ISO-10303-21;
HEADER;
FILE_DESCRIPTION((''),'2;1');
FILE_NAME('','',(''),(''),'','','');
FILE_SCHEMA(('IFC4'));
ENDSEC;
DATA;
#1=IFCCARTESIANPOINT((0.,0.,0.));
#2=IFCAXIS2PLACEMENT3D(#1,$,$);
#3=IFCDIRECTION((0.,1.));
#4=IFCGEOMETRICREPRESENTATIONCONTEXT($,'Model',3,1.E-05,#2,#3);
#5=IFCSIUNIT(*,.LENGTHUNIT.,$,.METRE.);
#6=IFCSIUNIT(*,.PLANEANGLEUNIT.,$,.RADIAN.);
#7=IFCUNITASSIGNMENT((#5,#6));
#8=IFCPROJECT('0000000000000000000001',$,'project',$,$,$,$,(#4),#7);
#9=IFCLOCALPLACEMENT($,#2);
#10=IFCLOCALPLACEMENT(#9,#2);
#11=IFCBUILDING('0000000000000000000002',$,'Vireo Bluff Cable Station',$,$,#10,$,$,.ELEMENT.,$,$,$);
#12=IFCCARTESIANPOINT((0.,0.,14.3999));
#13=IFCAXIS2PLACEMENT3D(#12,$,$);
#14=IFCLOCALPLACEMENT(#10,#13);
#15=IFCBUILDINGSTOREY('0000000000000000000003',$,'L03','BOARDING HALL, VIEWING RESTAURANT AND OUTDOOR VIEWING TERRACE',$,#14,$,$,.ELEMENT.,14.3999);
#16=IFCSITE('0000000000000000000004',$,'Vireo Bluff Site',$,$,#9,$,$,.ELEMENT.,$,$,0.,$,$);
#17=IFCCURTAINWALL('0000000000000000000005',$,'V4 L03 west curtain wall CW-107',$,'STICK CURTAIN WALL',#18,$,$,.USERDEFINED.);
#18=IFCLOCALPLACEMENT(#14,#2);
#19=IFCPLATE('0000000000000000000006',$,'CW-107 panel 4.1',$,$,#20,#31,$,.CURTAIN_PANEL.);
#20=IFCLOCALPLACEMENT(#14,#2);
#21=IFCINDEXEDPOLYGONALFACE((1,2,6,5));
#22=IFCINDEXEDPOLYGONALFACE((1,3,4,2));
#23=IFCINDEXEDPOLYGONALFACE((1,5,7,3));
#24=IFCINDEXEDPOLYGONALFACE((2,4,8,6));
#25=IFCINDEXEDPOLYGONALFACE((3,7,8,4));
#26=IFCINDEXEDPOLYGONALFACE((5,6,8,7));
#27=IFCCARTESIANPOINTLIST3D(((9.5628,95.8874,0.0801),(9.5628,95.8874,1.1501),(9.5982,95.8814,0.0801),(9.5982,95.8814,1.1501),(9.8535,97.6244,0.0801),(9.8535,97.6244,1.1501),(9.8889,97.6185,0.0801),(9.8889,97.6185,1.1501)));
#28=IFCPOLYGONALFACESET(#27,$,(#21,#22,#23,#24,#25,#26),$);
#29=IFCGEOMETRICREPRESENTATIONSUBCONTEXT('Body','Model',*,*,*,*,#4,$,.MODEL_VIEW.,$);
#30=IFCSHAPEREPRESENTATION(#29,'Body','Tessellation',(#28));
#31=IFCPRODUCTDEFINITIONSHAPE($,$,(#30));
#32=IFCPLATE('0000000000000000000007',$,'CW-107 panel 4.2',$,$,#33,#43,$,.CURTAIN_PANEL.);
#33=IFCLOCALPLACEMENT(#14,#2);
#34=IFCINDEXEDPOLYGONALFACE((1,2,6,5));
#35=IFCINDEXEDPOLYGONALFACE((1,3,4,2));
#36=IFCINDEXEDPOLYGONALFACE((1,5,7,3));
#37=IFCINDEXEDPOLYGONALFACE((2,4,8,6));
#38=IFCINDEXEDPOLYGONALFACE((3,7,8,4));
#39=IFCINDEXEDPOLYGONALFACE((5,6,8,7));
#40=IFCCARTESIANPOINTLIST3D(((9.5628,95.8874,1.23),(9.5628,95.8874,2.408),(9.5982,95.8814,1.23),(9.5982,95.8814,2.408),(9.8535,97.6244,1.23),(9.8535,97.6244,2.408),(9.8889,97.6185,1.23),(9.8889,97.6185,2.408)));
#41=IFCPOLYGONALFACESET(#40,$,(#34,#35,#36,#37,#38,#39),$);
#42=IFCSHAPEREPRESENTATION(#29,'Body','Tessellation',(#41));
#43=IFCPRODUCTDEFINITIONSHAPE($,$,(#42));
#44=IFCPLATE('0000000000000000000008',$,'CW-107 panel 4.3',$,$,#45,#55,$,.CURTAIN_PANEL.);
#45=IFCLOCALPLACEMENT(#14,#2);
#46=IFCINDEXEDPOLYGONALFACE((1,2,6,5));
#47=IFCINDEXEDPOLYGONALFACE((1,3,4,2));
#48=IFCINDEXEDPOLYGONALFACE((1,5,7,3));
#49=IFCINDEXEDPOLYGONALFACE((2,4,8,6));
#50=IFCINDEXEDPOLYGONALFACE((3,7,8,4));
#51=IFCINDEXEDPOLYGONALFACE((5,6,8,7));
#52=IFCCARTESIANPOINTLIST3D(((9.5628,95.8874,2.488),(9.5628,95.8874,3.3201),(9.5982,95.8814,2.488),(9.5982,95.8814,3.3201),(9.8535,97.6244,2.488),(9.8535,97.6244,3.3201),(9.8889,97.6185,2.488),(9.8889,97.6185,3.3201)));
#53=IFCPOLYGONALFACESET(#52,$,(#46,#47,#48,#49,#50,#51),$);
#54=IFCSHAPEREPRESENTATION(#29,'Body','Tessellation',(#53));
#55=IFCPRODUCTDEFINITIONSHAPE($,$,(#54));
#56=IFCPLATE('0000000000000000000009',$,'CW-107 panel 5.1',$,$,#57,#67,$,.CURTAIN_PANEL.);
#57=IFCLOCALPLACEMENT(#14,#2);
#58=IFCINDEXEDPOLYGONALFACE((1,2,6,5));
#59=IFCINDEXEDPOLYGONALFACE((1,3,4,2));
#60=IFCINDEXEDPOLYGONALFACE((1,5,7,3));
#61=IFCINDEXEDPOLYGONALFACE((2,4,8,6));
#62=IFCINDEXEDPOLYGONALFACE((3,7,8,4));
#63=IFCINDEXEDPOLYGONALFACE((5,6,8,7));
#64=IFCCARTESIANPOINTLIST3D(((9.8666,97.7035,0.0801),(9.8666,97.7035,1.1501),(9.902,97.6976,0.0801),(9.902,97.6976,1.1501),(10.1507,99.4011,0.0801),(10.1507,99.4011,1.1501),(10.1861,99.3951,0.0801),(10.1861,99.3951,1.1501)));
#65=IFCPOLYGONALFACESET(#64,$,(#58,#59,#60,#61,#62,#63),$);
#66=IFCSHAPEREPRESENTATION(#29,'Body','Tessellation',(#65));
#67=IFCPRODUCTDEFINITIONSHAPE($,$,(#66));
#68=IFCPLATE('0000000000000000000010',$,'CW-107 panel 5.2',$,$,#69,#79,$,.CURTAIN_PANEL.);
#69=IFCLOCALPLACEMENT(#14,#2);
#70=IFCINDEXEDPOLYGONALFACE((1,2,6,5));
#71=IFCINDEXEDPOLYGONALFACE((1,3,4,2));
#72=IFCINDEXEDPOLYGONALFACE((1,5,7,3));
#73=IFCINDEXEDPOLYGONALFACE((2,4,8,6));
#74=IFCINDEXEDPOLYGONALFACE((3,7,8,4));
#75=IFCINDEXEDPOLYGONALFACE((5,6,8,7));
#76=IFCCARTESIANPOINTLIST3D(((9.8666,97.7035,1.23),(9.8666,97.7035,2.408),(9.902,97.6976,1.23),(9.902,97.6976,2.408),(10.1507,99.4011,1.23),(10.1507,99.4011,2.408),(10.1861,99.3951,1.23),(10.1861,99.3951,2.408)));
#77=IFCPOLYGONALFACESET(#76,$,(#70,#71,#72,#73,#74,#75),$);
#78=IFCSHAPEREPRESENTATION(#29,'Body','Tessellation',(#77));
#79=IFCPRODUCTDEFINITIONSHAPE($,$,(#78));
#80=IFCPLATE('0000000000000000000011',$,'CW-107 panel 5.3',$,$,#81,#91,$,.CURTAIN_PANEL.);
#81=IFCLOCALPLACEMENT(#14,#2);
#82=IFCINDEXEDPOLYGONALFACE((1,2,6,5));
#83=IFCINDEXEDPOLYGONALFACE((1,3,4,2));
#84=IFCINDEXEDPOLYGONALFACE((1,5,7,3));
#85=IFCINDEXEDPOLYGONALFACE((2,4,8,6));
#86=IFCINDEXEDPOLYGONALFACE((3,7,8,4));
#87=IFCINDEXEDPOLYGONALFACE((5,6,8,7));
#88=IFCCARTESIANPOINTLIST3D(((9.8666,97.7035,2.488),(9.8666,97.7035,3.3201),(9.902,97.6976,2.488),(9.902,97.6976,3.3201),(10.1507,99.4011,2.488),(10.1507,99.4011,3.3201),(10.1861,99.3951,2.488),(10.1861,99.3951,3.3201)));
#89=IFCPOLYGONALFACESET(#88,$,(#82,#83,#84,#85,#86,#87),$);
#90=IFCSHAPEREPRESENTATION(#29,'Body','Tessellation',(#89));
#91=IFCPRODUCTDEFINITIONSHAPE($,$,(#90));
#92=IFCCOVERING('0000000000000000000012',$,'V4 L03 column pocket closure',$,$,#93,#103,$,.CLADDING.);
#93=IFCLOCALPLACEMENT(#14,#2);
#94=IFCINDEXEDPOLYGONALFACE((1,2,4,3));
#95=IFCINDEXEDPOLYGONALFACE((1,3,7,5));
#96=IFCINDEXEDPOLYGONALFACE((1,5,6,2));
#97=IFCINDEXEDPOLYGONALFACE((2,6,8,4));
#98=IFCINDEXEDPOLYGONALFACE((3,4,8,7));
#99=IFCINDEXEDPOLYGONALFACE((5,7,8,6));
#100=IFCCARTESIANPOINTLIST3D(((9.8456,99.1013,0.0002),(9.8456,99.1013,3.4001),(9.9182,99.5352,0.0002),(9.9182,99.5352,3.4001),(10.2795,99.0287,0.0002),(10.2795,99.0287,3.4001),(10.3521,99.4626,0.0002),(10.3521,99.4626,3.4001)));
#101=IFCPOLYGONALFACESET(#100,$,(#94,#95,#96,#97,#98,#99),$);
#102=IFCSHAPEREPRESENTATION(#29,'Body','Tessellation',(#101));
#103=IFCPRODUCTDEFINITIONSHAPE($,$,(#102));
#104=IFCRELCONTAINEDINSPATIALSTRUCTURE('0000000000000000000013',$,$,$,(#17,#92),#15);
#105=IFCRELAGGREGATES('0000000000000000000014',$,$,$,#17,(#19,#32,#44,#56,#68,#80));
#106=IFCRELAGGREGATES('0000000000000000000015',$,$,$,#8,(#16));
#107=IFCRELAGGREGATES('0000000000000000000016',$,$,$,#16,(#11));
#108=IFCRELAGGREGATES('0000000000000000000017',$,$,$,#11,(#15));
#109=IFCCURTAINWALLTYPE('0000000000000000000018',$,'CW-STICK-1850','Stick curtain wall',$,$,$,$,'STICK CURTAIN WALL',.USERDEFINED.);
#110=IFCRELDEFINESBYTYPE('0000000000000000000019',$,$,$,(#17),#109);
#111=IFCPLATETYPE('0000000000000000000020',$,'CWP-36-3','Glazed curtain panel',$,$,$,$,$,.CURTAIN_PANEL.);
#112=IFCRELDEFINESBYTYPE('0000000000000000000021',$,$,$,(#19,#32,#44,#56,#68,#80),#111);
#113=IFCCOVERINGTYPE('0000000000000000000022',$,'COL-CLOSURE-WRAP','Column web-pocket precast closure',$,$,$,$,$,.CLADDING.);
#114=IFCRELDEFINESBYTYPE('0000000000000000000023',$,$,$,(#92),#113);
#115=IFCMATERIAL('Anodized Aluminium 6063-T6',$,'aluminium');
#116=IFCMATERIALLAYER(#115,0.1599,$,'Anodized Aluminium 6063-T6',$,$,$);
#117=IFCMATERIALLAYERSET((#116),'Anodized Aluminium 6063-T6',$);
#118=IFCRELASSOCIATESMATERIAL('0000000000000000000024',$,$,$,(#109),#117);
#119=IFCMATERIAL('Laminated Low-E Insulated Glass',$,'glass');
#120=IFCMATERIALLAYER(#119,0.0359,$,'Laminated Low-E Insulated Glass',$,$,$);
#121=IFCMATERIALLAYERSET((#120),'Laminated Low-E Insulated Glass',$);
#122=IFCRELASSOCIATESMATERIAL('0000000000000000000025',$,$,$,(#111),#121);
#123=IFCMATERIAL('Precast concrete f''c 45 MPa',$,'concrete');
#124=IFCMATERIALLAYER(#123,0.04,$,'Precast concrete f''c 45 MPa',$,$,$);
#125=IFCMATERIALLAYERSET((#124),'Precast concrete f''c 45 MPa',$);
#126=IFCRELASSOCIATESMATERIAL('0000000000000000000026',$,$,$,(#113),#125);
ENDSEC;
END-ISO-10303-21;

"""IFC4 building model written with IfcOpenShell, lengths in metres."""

from ifc_helpers import new_model, si_unit, direction, frame, origin, origin_2d, place, context, subcontext, project, spatial, rectangle, extrude, material, layer, layer_set, type_object, element, aggregate, save


model = new_model("IFC4")

# Units and contexts
model_context = context("Model", 3, precision=1e-05, world=origin(), true_north=direction((0.0, 1.0)))
body_context = subcontext(model_context, "Body", "Model", "MODEL_VIEW")
ifc_project = project(units=[si_unit("LENGTHUNIT", "METRE"), si_unit("PLANEANGLEUNIT", "RADIAN")], contexts=[model_context])

# Site, building, storey
site_placement = place(None, origin())
site = spatial("IfcSite", under=ifc_project, at=site_placement, Name="Vireo Bluff Site", CompositionType="ELEMENT", RefElevation=0.0)
building_placement = place(site_placement, origin())
building = spatial("IfcBuilding", under=site, at=building_placement, Name="Vireo Bluff Cable Station", CompositionType="ELEMENT")
storey_placement = place(building_placement, frame((0.0, 0.0, 14.3999)))
storey = spatial("IfcBuildingStorey", under=building, at=storey_placement, Name="L03", Description="BOARDING HALL, VIEWING RESTAURANT AND OUTDOOR VIEWING TERRACE", CompositionType="ELEMENT", Elevation=14.3999)

# Curtain wall
ifc_material_1 = material(Name="Anodized Aluminium 6063-T6", Category="aluminium")
ifc_layer_1 = layer(ifc_material_1, 0.1599, Name="Anodized Aluminium 6063-T6")
ifc_layer_set_1 = layer_set([ifc_layer_1], Name="Anodized Aluminium 6063-T6")
curtain_wall_type = type_object("IfcCurtainWallType", Name="CW-STICK-1850", Description="Stick curtain wall", ElementType="STICK CURTAIN WALL", PredefinedType="USERDEFINED", material=ifc_layer_set_1)
curtain_wall_placement = place(storey_placement, origin())
curtain_wall = element("IfcCurtainWall", 1, at=curtain_wall_placement, inside=storey, type_object=curtain_wall_type, Name="V4 L03 west curtain wall CW-107", ObjectType="STICK CURTAIN WALL", PredefinedType="USERDEFINED")

# Plates
ifc_material_2 = material(Name="Laminated Low-E Insulated Glass", Category="glass")
ifc_layer_2 = layer(ifc_material_2, 0.0359, Name="Laminated Low-E Insulated Glass")
ifc_layer_set_2 = layer_set([ifc_layer_2], Name="Laminated Low-E Insulated Glass")
plate_type = type_object("IfcPlateType", Name="CWP-36-3", Description="Glazed curtain panel", PredefinedType="CURTAIN_PANEL", material=ifc_layer_set_2)
plate_1_placement = place(storey_placement, frame((9.7258, 96.7529, 0.0801), z_axis=(0.0, 0.0, 1.0), x_axis=(0.165048, 0.986286, 0.0)))
plate_1 = element("IfcPlate", 2, at=plate_1_placement, type_object=plate_type, Name="CW-107 panel 4.1", PredefinedType="CURTAIN_PANEL", context=body_context, shape_type="SweptSolid", body=[
    extrude(rectangle(XDim=1.7612, YDim=0.0359, at=origin_2d()), origin(), (0.0, 0.0, 1.0), 1.0701),
])
plate_2_placement = place(storey_placement, frame((9.7258, 96.7529, 1.23), z_axis=(0.0, 0.0, 1.0), x_axis=(0.165048, 0.986286, 0.0)))
plate_2 = element("IfcPlate", 3, at=plate_2_placement, type_object=plate_type, Name="CW-107 panel 4.2", PredefinedType="CURTAIN_PANEL", context=body_context, shape_type="SweptSolid", body=[
    extrude(rectangle(XDim=1.7612, YDim=0.0359, at=origin_2d()), origin(), (0.0, 0.0, 1.0), 1.178),
])
plate_3_placement = place(storey_placement, frame((9.7258, 96.7529, 2.488), z_axis=(0.0, 0.0, 1.0), x_axis=(0.165048, 0.986286, 0.0)))
plate_3 = element("IfcPlate", 4, at=plate_3_placement, type_object=plate_type, Name="CW-107 panel 4.3", PredefinedType="CURTAIN_PANEL", context=body_context, shape_type="SweptSolid", body=[
    extrude(rectangle(XDim=1.7612, YDim=0.0359, at=origin_2d()), origin(), (0.0, 0.0, 1.0), 0.832),
])
plate_4_placement = place(storey_placement, frame((10.0264, 98.5493, 0.0801), z_axis=(0.0, 0.0, 1.0), x_axis=(0.165048, 0.986286, 0.0)))
plate_4 = element("IfcPlate", 5, at=plate_4_placement, type_object=plate_type, Name="CW-107 panel 5.1", PredefinedType="CURTAIN_PANEL", context=body_context, shape_type="SweptSolid", body=[
    extrude(rectangle(XDim=1.7212, YDim=0.0359, at=origin_2d()), origin(), (0.0, 0.0, 1.0), 1.0701),
])
plate_5_placement = place(storey_placement, frame((10.0264, 98.5493, 1.23), z_axis=(0.0, 0.0, 1.0), x_axis=(0.165048, 0.986286, 0.0)))
plate_5 = element("IfcPlate", 6, at=plate_5_placement, type_object=plate_type, Name="CW-107 panel 5.2", PredefinedType="CURTAIN_PANEL", context=body_context, shape_type="SweptSolid", body=[
    extrude(rectangle(XDim=1.7212, YDim=0.0359, at=origin_2d()), origin(), (0.0, 0.0, 1.0), 1.178),
])
plate_6_placement = place(storey_placement, frame((10.0264, 98.5493, 2.488), z_axis=(0.0, 0.0, 1.0), x_axis=(0.165048, 0.986286, 0.0)))
plate_6 = element("IfcPlate", 7, at=plate_6_placement, type_object=plate_type, Name="CW-107 panel 5.3", PredefinedType="CURTAIN_PANEL", context=body_context, shape_type="SweptSolid", body=[
    extrude(rectangle(XDim=1.7212, YDim=0.0359, at=origin_2d()), origin(), (0.0, 0.0, 1.0), 0.832),
])
aggregate(curtain_wall, [plate_1, plate_2, plate_3, plate_4, plate_5, plate_6])

# Covering
ifc_material_3 = material(Name="Precast concrete f'c 45 MPa", Category="concrete")
ifc_layer_3 = layer(ifc_material_3, 0.04, Name="Precast concrete f'c 45 MPa")
ifc_layer_set_3 = layer_set([ifc_layer_3], Name="Precast concrete f'c 45 MPa")
covering_type = type_object("IfcCoveringType", Name="COL-CLOSURE-WRAP", Description="Column web-pocket precast closure", PredefinedType="CLADDING", material=ifc_layer_set_3)
covering_placement = place(storey_placement, frame((10.0989, 99.282, 0.0002), z_axis=(0.0, 0.0, 1.0), x_axis=(0.986286, -0.165048, 0.0)))
element("IfcCovering", 8, at=covering_placement, inside=storey, type_object=covering_type, Name="V4 L03 column pocket closure", PredefinedType="CLADDING", context=body_context, shape_type="SweptSolid", body=[
    extrude(rectangle(XDim=0.4399, YDim=0.4399, at=origin_2d()), origin(), (0.0, 0.0, 1.0), 3.3999),
])

save(model, "model.ifc")
